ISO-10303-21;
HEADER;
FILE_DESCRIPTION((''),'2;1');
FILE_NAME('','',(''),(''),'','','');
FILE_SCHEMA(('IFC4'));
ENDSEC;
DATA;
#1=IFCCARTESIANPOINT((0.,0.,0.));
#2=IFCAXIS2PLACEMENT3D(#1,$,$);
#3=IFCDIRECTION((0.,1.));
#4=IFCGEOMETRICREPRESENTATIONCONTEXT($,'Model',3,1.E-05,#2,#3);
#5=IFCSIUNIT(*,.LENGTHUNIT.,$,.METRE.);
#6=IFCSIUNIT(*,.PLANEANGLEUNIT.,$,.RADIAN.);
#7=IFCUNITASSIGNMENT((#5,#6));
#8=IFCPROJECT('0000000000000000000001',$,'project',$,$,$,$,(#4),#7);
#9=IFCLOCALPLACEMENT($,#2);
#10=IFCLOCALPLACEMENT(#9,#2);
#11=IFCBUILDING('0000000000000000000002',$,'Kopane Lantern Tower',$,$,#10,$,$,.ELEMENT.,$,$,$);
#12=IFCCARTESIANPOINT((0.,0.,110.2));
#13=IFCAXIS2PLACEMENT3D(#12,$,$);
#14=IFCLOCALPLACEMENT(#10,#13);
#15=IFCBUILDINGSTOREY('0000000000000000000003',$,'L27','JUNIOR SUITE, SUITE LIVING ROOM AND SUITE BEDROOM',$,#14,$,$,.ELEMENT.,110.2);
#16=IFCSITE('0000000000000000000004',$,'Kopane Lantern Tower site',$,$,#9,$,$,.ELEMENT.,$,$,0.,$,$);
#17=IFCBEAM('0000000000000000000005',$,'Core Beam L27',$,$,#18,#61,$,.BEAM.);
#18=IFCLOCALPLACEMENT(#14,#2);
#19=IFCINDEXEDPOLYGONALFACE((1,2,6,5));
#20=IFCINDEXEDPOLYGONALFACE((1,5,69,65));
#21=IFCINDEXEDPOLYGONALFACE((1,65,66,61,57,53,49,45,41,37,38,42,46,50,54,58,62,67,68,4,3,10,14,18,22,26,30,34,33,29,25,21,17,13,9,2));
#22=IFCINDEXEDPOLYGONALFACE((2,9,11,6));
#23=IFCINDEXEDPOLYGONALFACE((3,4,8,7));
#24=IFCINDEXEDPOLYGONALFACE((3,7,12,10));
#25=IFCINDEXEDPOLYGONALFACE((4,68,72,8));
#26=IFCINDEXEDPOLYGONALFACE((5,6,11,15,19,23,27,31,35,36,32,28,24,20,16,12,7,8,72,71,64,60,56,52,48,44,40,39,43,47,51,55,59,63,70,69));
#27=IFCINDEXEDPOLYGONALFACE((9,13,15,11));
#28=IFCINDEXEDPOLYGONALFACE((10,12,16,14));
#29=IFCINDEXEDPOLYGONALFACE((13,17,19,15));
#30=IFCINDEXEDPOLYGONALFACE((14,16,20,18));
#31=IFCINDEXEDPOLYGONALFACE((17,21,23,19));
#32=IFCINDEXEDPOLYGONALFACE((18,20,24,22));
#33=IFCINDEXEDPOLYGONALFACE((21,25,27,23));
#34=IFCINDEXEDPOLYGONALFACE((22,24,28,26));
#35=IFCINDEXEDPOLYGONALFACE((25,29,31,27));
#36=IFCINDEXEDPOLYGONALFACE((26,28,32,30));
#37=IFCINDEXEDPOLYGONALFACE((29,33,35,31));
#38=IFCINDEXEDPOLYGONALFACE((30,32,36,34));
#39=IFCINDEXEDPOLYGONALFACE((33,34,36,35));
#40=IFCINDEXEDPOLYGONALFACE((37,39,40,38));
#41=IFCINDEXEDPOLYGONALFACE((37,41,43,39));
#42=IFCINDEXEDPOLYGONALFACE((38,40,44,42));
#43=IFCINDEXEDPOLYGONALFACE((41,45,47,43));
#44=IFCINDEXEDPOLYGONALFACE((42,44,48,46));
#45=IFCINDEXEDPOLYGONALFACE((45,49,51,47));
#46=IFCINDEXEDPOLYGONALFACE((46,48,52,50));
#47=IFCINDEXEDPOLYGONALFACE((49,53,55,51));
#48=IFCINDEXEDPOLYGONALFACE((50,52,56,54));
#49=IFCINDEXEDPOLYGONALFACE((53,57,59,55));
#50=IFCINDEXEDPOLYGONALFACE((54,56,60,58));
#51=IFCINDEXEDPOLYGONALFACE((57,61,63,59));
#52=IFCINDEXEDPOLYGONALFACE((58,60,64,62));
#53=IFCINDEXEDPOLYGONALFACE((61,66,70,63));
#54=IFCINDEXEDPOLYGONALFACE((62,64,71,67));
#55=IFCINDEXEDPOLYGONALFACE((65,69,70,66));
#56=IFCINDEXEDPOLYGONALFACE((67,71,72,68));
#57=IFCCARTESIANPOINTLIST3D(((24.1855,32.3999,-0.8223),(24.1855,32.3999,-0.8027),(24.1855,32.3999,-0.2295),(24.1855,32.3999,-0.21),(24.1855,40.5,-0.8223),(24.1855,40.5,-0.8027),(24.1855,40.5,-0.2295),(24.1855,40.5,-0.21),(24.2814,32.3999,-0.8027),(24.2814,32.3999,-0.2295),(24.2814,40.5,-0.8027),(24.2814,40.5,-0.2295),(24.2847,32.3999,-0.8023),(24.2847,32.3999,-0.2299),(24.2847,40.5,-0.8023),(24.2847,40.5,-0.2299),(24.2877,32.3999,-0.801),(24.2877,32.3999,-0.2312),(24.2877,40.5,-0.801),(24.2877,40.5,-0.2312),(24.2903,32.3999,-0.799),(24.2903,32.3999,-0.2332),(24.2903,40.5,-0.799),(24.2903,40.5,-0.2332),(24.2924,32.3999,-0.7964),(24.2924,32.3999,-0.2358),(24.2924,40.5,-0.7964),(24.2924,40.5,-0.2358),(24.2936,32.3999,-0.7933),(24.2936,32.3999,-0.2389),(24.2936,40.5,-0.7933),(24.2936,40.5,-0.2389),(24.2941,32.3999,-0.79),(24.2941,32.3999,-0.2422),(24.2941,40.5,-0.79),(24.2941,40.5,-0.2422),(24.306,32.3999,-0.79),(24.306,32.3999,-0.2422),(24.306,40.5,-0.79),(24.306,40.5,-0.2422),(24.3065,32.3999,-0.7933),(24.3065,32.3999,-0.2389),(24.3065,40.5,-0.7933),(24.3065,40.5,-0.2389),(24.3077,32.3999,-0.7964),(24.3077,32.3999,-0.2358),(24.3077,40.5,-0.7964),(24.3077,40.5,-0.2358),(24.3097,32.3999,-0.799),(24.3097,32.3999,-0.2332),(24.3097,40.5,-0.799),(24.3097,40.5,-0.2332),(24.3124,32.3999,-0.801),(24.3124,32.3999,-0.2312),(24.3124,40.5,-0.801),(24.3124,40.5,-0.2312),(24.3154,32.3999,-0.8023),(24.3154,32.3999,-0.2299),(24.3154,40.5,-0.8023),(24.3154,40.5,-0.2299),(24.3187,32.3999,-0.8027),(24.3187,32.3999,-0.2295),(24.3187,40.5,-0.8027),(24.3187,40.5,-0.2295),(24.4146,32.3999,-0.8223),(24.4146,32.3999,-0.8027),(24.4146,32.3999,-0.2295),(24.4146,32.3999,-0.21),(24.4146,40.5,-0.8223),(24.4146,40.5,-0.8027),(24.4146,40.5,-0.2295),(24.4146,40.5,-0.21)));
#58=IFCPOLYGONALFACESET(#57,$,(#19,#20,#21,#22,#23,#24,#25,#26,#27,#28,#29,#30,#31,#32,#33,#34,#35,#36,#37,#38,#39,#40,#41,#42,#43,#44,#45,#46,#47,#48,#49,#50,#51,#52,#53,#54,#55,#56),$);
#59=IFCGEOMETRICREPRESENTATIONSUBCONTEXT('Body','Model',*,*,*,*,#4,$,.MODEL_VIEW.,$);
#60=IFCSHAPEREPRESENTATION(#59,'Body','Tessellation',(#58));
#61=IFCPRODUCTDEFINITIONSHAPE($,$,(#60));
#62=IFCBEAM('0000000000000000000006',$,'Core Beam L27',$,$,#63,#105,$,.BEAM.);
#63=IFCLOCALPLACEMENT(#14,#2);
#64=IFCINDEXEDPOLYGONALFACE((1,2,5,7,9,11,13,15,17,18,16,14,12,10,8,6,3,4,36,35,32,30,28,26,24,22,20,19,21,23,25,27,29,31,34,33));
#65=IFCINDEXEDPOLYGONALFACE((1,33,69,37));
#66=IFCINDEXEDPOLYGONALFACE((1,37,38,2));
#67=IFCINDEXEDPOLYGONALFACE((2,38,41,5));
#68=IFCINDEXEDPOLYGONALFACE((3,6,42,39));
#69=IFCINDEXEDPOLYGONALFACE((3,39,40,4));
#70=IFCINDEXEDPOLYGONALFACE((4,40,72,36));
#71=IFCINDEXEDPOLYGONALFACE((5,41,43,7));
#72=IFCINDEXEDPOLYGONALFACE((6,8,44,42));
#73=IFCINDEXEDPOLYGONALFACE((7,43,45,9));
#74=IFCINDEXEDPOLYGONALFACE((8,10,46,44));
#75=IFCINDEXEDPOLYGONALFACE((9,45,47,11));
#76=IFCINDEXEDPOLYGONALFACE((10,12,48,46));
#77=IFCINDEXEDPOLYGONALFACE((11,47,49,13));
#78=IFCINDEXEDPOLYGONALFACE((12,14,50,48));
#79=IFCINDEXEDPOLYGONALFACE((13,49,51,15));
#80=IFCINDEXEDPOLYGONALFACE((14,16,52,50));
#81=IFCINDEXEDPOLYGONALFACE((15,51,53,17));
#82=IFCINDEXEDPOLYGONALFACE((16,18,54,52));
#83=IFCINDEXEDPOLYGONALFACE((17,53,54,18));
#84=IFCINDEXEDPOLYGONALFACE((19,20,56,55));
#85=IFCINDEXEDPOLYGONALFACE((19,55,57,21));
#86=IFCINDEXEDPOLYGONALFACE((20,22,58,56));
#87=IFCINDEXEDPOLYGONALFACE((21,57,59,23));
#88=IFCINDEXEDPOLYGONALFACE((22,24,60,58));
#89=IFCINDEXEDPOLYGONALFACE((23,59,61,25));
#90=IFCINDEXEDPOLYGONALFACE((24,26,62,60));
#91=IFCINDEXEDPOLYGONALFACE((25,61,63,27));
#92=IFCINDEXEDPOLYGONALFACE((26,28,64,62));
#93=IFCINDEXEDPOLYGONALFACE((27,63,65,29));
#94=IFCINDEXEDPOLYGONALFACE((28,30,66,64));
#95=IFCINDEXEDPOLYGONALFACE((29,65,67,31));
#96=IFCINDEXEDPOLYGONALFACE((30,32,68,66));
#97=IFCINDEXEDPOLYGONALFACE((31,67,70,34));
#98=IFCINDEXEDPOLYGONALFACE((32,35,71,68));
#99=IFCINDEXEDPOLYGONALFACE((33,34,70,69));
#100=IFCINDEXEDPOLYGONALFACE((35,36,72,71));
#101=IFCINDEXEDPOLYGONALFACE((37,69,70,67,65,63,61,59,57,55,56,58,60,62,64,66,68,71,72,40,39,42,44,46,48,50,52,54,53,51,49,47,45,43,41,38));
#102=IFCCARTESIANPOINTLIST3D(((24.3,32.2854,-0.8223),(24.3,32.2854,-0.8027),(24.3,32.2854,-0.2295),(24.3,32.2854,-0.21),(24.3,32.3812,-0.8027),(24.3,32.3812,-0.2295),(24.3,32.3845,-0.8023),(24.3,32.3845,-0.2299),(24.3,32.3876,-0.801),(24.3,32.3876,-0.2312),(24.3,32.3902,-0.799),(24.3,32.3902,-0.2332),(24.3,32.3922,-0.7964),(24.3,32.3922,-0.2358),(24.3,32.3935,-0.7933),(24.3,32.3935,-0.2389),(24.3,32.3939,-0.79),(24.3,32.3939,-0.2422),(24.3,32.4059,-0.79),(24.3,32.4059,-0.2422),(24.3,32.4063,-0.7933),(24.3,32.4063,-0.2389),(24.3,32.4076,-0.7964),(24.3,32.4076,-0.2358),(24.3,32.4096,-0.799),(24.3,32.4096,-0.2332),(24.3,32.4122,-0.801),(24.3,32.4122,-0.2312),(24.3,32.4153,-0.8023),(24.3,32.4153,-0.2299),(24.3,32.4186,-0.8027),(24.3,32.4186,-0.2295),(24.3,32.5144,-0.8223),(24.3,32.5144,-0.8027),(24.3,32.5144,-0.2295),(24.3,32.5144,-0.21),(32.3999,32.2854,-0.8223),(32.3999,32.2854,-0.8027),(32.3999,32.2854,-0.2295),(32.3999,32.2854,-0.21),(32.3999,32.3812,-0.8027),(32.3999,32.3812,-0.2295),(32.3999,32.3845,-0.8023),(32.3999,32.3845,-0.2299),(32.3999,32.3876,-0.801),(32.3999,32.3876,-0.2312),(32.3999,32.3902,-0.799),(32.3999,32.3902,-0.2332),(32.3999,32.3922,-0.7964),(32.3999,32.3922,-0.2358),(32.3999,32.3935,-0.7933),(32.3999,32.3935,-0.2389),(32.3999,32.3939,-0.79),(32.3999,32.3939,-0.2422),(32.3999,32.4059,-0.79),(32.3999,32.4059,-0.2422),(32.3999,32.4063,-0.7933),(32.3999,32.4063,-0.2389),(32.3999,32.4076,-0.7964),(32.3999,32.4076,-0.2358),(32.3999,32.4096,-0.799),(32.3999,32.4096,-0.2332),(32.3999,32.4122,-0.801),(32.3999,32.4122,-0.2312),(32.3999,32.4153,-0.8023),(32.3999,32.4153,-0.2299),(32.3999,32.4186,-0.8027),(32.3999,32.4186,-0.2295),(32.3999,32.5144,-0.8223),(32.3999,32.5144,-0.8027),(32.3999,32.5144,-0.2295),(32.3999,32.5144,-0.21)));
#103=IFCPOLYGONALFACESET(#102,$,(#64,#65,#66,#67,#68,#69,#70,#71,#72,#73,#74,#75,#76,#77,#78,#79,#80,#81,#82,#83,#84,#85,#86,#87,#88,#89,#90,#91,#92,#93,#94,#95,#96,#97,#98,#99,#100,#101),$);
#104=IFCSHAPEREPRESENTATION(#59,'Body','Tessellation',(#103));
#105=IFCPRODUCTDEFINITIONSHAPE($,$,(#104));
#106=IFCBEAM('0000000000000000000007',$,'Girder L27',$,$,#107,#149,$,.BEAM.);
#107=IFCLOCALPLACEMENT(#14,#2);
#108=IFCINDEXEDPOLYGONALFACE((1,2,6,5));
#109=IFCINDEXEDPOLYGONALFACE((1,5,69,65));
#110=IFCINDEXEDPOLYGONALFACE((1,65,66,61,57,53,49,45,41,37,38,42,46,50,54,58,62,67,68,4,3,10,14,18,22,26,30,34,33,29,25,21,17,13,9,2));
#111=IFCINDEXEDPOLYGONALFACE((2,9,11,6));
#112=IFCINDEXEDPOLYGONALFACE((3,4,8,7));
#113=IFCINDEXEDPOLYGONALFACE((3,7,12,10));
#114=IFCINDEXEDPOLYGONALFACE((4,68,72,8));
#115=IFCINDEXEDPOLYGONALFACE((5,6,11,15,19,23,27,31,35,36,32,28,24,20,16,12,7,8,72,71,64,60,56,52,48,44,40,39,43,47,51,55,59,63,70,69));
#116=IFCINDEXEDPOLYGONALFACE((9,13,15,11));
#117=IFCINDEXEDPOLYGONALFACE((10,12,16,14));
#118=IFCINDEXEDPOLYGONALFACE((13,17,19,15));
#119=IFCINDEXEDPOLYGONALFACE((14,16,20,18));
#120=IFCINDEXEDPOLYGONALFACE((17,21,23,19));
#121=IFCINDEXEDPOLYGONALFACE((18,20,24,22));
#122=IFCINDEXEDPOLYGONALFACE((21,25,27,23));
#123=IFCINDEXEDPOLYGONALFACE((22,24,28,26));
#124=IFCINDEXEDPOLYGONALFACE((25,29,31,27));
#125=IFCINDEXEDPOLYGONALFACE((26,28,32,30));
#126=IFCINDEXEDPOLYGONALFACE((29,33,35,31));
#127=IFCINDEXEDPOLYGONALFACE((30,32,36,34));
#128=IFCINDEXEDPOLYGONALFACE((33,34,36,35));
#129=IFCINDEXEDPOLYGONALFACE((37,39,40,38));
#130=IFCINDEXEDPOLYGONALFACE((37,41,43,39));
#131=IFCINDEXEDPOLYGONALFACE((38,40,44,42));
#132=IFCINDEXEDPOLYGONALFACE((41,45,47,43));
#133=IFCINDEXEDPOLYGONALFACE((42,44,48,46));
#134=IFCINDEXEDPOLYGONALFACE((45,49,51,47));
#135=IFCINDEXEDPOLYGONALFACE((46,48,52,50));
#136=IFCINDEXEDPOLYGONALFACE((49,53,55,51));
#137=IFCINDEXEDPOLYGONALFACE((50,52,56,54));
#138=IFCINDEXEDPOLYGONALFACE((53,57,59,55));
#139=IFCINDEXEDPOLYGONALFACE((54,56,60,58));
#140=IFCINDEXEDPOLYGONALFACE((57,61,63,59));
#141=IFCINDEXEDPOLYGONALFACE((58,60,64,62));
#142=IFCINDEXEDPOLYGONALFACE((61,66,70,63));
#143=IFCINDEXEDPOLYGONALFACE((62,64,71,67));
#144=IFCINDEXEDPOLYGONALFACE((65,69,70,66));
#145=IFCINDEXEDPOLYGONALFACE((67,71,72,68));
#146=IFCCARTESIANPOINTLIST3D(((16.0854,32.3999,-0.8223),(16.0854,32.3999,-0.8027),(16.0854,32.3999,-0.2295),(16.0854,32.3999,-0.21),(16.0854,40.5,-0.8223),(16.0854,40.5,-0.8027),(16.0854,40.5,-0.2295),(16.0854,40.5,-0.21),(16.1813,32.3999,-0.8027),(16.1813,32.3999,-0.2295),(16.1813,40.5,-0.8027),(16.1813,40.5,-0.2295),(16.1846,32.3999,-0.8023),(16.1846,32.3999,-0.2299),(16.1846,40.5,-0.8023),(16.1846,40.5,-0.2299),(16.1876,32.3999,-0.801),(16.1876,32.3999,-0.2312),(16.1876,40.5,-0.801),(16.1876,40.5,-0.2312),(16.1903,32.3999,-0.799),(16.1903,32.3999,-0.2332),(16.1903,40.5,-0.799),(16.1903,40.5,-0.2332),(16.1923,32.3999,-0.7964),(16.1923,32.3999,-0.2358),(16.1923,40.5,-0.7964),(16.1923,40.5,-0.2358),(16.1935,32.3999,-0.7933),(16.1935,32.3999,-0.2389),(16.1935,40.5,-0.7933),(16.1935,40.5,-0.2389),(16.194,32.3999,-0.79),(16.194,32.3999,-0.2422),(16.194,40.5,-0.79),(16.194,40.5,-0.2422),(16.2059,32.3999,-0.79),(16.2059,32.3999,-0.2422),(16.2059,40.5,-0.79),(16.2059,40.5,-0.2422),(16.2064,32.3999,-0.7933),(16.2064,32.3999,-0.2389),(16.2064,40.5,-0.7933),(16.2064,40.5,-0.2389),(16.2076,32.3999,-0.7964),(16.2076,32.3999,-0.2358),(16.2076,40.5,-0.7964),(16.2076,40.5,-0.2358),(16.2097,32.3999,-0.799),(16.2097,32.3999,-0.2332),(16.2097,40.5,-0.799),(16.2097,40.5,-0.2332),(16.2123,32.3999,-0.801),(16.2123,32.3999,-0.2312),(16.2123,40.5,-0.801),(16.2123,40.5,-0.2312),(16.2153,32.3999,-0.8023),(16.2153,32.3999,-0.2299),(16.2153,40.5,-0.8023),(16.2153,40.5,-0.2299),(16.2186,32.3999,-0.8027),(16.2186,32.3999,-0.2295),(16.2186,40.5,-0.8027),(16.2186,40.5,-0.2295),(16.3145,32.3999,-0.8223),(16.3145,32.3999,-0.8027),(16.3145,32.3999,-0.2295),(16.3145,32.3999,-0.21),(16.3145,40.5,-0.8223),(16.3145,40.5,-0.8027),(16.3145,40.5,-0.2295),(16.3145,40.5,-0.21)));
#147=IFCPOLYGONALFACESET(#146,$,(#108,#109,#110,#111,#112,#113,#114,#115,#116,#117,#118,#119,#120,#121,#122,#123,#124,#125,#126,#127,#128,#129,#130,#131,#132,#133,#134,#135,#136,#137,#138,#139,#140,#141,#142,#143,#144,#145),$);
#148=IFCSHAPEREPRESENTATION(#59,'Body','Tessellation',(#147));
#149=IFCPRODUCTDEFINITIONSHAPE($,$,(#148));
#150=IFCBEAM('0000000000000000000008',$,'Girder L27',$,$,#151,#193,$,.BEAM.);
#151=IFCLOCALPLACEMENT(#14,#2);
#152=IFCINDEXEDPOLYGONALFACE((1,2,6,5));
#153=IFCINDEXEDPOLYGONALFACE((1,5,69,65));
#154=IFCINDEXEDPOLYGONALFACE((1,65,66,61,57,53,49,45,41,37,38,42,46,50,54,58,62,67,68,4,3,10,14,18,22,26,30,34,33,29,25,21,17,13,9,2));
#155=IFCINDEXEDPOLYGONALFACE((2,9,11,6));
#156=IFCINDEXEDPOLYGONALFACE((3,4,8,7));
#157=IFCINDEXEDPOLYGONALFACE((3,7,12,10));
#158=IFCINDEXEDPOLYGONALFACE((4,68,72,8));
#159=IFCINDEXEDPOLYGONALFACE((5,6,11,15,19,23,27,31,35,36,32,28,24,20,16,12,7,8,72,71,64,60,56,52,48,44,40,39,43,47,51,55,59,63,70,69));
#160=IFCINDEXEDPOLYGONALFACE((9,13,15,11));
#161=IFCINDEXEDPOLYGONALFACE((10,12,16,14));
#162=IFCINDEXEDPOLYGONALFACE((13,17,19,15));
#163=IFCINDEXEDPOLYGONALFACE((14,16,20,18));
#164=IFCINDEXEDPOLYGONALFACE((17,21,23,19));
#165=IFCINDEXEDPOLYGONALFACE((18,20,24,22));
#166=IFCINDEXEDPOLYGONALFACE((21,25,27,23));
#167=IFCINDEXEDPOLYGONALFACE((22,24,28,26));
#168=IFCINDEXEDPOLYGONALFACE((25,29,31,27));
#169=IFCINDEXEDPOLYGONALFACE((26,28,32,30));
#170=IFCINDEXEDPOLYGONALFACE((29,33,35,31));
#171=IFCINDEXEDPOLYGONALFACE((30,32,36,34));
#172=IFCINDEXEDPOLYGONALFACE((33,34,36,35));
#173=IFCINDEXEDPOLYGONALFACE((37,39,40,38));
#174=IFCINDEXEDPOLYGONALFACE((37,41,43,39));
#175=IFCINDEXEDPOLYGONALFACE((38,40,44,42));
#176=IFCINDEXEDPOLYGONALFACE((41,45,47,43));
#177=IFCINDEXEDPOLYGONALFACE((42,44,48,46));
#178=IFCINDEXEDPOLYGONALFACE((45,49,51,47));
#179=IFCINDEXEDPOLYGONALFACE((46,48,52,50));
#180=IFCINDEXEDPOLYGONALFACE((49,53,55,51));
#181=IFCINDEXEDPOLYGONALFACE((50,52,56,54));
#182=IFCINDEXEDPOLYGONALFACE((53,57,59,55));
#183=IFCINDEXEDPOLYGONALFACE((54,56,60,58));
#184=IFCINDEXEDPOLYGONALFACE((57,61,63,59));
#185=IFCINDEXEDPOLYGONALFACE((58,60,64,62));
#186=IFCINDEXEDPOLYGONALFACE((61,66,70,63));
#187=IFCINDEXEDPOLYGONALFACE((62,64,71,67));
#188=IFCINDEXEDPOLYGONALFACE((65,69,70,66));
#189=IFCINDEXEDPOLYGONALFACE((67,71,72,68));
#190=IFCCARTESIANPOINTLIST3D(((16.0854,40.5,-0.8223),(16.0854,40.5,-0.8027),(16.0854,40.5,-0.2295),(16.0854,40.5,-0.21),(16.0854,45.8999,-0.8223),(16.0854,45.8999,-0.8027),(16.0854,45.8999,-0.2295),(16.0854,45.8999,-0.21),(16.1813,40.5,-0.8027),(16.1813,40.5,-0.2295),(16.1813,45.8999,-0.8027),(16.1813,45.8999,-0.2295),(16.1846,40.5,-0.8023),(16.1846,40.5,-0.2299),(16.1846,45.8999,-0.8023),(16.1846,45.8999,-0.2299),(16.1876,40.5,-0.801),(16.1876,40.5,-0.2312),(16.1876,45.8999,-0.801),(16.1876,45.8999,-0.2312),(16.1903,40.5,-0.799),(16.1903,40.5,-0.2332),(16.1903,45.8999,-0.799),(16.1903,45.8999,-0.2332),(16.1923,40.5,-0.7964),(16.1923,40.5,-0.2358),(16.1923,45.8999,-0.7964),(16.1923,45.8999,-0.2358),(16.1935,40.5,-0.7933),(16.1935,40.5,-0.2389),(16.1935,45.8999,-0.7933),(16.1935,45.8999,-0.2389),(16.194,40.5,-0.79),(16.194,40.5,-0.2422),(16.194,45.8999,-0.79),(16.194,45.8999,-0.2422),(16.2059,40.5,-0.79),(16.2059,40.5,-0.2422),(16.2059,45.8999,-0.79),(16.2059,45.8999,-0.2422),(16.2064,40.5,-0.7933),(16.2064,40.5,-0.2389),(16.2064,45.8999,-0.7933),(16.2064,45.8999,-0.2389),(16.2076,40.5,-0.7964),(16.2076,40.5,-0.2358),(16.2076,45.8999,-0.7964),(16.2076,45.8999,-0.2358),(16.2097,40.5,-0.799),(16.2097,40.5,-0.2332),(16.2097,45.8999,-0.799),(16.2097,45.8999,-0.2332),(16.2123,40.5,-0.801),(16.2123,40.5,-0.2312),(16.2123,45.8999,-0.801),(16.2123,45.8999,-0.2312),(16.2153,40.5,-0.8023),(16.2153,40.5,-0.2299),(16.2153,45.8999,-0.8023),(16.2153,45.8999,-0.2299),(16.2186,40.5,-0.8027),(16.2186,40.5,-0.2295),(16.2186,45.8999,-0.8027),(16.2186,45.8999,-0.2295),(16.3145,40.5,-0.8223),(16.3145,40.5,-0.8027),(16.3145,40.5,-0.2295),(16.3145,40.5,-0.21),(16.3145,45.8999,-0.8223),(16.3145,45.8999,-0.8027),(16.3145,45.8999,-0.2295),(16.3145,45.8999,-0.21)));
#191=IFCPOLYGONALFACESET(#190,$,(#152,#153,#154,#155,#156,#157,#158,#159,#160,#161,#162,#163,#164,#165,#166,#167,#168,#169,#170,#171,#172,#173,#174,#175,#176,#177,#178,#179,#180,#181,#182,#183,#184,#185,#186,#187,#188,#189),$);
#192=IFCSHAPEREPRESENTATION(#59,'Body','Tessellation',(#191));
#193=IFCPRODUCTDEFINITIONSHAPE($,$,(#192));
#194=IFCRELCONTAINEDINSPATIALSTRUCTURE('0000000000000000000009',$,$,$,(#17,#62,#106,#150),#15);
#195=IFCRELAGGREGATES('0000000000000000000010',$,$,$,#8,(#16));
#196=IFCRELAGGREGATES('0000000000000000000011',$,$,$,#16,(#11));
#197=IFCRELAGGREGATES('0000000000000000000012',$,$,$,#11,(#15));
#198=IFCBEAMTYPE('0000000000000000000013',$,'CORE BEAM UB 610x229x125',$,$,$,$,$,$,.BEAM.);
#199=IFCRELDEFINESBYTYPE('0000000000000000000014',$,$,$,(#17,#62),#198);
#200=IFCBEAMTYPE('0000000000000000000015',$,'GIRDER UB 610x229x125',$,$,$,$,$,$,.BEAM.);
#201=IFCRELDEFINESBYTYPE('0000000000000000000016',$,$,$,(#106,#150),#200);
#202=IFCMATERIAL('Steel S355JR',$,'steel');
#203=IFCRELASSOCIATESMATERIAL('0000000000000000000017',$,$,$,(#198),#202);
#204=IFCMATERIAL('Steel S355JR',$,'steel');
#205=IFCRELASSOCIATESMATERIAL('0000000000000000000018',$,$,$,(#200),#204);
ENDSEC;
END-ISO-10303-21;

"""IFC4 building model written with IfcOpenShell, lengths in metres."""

from ifc_helpers import new_model, si_unit, direction, frame, origin, origin_2d, place, context, subcontext, project, spatial, i_section, extrude, material, material_profile, profile_set, type_object, element, save


model = new_model("IFC4")

# Units and contexts
model_context = context("Model", 3, precision=1e-05, world=origin(), true_north=direction((0.0, 1.0)))
body_context = subcontext(model_context, "Body", "Model", "MODEL_VIEW")
ifc_project = project(units=[si_unit("LENGTHUNIT", "METRE"), si_unit("PLANEANGLEUNIT", "RADIAN")], contexts=[model_context])

# Site, building, storey
site_placement = place(None, origin())
site = spatial("IfcSite", under=ifc_project, at=site_placement, Name="Kopane Lantern Tower site", CompositionType="ELEMENT", RefElevation=0.0)
building_placement = place(site_placement, origin())
building = spatial("IfcBuilding", under=site, at=building_placement, Name="Kopane Lantern Tower", CompositionType="ELEMENT")
storey_placement = place(building_placement, frame((0.0, 0.0, 110.2)))
storey = spatial("IfcBuildingStorey", under=building, at=storey_placement, Name="L27", Description="JUNIOR SUITE, SUITE LIVING ROOM AND SUITE BEDROOM", CompositionType="ELEMENT", Elevation=110.2)

# Beams
ifc_material_1 = material(Name="Steel S355JR", Category="steel")
ifc_material_profile_1 = material_profile(ifc_material_1, i_section(OverallWidth=0.229, OverallDepth=0.6123, WebThickness=0.012, FlangeThickness=0.0195, FilletRadius=0.0127, at=origin_2d()), Name="UB 610x229x125")
ifc_profile_set_1 = profile_set([ifc_material_profile_1], Name="Steel S355JR")
beam_type_1 = type_object("IfcBeamType", Name="CORE BEAM UB 610x229x125", PredefinedType="BEAM", material=ifc_profile_set_1)
for number, where, z_axis, x_axis, name in (
    (1, (24.3, 32.3999, -0.5161), (0.0, 1.0, 0.0), (-1.0, 0.0, 0.0), "Core Beam L27"),
):
    element("IfcBeam", number, at=place(storey_placement, frame(where, z_axis=z_axis, x_axis=x_axis)), inside=storey, type_object=beam_type_1, Name=name, PredefinedType="BEAM", context=body_context, shape_type="SweptSolid", body=[
        extrude(i_section(OverallWidth=0.229, OverallDepth=0.6123, WebThickness=0.012, FlangeThickness=0.0195, FilletRadius=0.0127, at=origin_2d()), origin(), (0.0, 0.0, 1.0), 8.1001),
    ])
beam_1_placement = place(storey_placement, frame((24.3, 32.3999, -0.5161), z_axis=(1.0, 0.0, 0.0), x_axis=(0.0, 1.0, 0.0)))
element("IfcBeam", 2, at=beam_1_placement, inside=storey, type_object=beam_type_1, Name="Core Beam L27", PredefinedType="BEAM", context=body_context, shape_type="SweptSolid", body=[
    extrude(i_section(OverallWidth=0.229, OverallDepth=0.6123, WebThickness=0.012, FlangeThickness=0.0195, FilletRadius=0.0127, at=origin_2d()), origin(), (0.0, 0.0, 1.0), 8.0999),
])
ifc_material_2 = material(Name="Steel S355JR", Category="steel")
ifc_material_profile_2 = material_profile(ifc_material_2, i_section(OverallWidth=0.229, OverallDepth=0.6123, WebThickness=0.012, FlangeThickness=0.0195, FilletRadius=0.0127, at=origin_2d()), Name="UB 610x229x125")
ifc_profile_set_2 = profile_set([ifc_material_profile_2], Name="Steel S355JR")
beam_type_2 = type_object("IfcBeamType", Name="GIRDER UB 610x229x125", PredefinedType="BEAM", material=ifc_profile_set_2)
beam_2_placement = place(storey_placement, frame((16.2, 32.3999, -0.5161), z_axis=(0.0, 1.0, 0.0), x_axis=(-1.0, 0.0, 0.0)))
element("IfcBeam", 3, at=beam_2_placement, inside=storey, type_object=beam_type_2, Name="Girder L27", PredefinedType="BEAM", context=body_context, shape_type="SweptSolid", body=[
    extrude(i_section(OverallWidth=0.229, OverallDepth=0.6123, WebThickness=0.012, FlangeThickness=0.0195, FilletRadius=0.0127, at=origin_2d()), origin(), (0.0, 0.0, 1.0), 8.1001),
])
beam_3_placement = place(storey_placement, frame((16.2, 40.5, -0.5161), z_axis=(0.0, 1.0, 0.0), x_axis=(-1.0, 0.0, 0.0)))
element("IfcBeam", 4, at=beam_3_placement, inside=storey, type_object=beam_type_2, Name="Girder L27", PredefinedType="BEAM", context=body_context, shape_type="SweptSolid", body=[
    extrude(i_section(OverallWidth=0.229, OverallDepth=0.6123, WebThickness=0.012, FlangeThickness=0.0195, FilletRadius=0.0127, at=origin_2d()), origin(), (0.0, 0.0, 1.0), 5.3999),
])

save(model, "model.ifc")
